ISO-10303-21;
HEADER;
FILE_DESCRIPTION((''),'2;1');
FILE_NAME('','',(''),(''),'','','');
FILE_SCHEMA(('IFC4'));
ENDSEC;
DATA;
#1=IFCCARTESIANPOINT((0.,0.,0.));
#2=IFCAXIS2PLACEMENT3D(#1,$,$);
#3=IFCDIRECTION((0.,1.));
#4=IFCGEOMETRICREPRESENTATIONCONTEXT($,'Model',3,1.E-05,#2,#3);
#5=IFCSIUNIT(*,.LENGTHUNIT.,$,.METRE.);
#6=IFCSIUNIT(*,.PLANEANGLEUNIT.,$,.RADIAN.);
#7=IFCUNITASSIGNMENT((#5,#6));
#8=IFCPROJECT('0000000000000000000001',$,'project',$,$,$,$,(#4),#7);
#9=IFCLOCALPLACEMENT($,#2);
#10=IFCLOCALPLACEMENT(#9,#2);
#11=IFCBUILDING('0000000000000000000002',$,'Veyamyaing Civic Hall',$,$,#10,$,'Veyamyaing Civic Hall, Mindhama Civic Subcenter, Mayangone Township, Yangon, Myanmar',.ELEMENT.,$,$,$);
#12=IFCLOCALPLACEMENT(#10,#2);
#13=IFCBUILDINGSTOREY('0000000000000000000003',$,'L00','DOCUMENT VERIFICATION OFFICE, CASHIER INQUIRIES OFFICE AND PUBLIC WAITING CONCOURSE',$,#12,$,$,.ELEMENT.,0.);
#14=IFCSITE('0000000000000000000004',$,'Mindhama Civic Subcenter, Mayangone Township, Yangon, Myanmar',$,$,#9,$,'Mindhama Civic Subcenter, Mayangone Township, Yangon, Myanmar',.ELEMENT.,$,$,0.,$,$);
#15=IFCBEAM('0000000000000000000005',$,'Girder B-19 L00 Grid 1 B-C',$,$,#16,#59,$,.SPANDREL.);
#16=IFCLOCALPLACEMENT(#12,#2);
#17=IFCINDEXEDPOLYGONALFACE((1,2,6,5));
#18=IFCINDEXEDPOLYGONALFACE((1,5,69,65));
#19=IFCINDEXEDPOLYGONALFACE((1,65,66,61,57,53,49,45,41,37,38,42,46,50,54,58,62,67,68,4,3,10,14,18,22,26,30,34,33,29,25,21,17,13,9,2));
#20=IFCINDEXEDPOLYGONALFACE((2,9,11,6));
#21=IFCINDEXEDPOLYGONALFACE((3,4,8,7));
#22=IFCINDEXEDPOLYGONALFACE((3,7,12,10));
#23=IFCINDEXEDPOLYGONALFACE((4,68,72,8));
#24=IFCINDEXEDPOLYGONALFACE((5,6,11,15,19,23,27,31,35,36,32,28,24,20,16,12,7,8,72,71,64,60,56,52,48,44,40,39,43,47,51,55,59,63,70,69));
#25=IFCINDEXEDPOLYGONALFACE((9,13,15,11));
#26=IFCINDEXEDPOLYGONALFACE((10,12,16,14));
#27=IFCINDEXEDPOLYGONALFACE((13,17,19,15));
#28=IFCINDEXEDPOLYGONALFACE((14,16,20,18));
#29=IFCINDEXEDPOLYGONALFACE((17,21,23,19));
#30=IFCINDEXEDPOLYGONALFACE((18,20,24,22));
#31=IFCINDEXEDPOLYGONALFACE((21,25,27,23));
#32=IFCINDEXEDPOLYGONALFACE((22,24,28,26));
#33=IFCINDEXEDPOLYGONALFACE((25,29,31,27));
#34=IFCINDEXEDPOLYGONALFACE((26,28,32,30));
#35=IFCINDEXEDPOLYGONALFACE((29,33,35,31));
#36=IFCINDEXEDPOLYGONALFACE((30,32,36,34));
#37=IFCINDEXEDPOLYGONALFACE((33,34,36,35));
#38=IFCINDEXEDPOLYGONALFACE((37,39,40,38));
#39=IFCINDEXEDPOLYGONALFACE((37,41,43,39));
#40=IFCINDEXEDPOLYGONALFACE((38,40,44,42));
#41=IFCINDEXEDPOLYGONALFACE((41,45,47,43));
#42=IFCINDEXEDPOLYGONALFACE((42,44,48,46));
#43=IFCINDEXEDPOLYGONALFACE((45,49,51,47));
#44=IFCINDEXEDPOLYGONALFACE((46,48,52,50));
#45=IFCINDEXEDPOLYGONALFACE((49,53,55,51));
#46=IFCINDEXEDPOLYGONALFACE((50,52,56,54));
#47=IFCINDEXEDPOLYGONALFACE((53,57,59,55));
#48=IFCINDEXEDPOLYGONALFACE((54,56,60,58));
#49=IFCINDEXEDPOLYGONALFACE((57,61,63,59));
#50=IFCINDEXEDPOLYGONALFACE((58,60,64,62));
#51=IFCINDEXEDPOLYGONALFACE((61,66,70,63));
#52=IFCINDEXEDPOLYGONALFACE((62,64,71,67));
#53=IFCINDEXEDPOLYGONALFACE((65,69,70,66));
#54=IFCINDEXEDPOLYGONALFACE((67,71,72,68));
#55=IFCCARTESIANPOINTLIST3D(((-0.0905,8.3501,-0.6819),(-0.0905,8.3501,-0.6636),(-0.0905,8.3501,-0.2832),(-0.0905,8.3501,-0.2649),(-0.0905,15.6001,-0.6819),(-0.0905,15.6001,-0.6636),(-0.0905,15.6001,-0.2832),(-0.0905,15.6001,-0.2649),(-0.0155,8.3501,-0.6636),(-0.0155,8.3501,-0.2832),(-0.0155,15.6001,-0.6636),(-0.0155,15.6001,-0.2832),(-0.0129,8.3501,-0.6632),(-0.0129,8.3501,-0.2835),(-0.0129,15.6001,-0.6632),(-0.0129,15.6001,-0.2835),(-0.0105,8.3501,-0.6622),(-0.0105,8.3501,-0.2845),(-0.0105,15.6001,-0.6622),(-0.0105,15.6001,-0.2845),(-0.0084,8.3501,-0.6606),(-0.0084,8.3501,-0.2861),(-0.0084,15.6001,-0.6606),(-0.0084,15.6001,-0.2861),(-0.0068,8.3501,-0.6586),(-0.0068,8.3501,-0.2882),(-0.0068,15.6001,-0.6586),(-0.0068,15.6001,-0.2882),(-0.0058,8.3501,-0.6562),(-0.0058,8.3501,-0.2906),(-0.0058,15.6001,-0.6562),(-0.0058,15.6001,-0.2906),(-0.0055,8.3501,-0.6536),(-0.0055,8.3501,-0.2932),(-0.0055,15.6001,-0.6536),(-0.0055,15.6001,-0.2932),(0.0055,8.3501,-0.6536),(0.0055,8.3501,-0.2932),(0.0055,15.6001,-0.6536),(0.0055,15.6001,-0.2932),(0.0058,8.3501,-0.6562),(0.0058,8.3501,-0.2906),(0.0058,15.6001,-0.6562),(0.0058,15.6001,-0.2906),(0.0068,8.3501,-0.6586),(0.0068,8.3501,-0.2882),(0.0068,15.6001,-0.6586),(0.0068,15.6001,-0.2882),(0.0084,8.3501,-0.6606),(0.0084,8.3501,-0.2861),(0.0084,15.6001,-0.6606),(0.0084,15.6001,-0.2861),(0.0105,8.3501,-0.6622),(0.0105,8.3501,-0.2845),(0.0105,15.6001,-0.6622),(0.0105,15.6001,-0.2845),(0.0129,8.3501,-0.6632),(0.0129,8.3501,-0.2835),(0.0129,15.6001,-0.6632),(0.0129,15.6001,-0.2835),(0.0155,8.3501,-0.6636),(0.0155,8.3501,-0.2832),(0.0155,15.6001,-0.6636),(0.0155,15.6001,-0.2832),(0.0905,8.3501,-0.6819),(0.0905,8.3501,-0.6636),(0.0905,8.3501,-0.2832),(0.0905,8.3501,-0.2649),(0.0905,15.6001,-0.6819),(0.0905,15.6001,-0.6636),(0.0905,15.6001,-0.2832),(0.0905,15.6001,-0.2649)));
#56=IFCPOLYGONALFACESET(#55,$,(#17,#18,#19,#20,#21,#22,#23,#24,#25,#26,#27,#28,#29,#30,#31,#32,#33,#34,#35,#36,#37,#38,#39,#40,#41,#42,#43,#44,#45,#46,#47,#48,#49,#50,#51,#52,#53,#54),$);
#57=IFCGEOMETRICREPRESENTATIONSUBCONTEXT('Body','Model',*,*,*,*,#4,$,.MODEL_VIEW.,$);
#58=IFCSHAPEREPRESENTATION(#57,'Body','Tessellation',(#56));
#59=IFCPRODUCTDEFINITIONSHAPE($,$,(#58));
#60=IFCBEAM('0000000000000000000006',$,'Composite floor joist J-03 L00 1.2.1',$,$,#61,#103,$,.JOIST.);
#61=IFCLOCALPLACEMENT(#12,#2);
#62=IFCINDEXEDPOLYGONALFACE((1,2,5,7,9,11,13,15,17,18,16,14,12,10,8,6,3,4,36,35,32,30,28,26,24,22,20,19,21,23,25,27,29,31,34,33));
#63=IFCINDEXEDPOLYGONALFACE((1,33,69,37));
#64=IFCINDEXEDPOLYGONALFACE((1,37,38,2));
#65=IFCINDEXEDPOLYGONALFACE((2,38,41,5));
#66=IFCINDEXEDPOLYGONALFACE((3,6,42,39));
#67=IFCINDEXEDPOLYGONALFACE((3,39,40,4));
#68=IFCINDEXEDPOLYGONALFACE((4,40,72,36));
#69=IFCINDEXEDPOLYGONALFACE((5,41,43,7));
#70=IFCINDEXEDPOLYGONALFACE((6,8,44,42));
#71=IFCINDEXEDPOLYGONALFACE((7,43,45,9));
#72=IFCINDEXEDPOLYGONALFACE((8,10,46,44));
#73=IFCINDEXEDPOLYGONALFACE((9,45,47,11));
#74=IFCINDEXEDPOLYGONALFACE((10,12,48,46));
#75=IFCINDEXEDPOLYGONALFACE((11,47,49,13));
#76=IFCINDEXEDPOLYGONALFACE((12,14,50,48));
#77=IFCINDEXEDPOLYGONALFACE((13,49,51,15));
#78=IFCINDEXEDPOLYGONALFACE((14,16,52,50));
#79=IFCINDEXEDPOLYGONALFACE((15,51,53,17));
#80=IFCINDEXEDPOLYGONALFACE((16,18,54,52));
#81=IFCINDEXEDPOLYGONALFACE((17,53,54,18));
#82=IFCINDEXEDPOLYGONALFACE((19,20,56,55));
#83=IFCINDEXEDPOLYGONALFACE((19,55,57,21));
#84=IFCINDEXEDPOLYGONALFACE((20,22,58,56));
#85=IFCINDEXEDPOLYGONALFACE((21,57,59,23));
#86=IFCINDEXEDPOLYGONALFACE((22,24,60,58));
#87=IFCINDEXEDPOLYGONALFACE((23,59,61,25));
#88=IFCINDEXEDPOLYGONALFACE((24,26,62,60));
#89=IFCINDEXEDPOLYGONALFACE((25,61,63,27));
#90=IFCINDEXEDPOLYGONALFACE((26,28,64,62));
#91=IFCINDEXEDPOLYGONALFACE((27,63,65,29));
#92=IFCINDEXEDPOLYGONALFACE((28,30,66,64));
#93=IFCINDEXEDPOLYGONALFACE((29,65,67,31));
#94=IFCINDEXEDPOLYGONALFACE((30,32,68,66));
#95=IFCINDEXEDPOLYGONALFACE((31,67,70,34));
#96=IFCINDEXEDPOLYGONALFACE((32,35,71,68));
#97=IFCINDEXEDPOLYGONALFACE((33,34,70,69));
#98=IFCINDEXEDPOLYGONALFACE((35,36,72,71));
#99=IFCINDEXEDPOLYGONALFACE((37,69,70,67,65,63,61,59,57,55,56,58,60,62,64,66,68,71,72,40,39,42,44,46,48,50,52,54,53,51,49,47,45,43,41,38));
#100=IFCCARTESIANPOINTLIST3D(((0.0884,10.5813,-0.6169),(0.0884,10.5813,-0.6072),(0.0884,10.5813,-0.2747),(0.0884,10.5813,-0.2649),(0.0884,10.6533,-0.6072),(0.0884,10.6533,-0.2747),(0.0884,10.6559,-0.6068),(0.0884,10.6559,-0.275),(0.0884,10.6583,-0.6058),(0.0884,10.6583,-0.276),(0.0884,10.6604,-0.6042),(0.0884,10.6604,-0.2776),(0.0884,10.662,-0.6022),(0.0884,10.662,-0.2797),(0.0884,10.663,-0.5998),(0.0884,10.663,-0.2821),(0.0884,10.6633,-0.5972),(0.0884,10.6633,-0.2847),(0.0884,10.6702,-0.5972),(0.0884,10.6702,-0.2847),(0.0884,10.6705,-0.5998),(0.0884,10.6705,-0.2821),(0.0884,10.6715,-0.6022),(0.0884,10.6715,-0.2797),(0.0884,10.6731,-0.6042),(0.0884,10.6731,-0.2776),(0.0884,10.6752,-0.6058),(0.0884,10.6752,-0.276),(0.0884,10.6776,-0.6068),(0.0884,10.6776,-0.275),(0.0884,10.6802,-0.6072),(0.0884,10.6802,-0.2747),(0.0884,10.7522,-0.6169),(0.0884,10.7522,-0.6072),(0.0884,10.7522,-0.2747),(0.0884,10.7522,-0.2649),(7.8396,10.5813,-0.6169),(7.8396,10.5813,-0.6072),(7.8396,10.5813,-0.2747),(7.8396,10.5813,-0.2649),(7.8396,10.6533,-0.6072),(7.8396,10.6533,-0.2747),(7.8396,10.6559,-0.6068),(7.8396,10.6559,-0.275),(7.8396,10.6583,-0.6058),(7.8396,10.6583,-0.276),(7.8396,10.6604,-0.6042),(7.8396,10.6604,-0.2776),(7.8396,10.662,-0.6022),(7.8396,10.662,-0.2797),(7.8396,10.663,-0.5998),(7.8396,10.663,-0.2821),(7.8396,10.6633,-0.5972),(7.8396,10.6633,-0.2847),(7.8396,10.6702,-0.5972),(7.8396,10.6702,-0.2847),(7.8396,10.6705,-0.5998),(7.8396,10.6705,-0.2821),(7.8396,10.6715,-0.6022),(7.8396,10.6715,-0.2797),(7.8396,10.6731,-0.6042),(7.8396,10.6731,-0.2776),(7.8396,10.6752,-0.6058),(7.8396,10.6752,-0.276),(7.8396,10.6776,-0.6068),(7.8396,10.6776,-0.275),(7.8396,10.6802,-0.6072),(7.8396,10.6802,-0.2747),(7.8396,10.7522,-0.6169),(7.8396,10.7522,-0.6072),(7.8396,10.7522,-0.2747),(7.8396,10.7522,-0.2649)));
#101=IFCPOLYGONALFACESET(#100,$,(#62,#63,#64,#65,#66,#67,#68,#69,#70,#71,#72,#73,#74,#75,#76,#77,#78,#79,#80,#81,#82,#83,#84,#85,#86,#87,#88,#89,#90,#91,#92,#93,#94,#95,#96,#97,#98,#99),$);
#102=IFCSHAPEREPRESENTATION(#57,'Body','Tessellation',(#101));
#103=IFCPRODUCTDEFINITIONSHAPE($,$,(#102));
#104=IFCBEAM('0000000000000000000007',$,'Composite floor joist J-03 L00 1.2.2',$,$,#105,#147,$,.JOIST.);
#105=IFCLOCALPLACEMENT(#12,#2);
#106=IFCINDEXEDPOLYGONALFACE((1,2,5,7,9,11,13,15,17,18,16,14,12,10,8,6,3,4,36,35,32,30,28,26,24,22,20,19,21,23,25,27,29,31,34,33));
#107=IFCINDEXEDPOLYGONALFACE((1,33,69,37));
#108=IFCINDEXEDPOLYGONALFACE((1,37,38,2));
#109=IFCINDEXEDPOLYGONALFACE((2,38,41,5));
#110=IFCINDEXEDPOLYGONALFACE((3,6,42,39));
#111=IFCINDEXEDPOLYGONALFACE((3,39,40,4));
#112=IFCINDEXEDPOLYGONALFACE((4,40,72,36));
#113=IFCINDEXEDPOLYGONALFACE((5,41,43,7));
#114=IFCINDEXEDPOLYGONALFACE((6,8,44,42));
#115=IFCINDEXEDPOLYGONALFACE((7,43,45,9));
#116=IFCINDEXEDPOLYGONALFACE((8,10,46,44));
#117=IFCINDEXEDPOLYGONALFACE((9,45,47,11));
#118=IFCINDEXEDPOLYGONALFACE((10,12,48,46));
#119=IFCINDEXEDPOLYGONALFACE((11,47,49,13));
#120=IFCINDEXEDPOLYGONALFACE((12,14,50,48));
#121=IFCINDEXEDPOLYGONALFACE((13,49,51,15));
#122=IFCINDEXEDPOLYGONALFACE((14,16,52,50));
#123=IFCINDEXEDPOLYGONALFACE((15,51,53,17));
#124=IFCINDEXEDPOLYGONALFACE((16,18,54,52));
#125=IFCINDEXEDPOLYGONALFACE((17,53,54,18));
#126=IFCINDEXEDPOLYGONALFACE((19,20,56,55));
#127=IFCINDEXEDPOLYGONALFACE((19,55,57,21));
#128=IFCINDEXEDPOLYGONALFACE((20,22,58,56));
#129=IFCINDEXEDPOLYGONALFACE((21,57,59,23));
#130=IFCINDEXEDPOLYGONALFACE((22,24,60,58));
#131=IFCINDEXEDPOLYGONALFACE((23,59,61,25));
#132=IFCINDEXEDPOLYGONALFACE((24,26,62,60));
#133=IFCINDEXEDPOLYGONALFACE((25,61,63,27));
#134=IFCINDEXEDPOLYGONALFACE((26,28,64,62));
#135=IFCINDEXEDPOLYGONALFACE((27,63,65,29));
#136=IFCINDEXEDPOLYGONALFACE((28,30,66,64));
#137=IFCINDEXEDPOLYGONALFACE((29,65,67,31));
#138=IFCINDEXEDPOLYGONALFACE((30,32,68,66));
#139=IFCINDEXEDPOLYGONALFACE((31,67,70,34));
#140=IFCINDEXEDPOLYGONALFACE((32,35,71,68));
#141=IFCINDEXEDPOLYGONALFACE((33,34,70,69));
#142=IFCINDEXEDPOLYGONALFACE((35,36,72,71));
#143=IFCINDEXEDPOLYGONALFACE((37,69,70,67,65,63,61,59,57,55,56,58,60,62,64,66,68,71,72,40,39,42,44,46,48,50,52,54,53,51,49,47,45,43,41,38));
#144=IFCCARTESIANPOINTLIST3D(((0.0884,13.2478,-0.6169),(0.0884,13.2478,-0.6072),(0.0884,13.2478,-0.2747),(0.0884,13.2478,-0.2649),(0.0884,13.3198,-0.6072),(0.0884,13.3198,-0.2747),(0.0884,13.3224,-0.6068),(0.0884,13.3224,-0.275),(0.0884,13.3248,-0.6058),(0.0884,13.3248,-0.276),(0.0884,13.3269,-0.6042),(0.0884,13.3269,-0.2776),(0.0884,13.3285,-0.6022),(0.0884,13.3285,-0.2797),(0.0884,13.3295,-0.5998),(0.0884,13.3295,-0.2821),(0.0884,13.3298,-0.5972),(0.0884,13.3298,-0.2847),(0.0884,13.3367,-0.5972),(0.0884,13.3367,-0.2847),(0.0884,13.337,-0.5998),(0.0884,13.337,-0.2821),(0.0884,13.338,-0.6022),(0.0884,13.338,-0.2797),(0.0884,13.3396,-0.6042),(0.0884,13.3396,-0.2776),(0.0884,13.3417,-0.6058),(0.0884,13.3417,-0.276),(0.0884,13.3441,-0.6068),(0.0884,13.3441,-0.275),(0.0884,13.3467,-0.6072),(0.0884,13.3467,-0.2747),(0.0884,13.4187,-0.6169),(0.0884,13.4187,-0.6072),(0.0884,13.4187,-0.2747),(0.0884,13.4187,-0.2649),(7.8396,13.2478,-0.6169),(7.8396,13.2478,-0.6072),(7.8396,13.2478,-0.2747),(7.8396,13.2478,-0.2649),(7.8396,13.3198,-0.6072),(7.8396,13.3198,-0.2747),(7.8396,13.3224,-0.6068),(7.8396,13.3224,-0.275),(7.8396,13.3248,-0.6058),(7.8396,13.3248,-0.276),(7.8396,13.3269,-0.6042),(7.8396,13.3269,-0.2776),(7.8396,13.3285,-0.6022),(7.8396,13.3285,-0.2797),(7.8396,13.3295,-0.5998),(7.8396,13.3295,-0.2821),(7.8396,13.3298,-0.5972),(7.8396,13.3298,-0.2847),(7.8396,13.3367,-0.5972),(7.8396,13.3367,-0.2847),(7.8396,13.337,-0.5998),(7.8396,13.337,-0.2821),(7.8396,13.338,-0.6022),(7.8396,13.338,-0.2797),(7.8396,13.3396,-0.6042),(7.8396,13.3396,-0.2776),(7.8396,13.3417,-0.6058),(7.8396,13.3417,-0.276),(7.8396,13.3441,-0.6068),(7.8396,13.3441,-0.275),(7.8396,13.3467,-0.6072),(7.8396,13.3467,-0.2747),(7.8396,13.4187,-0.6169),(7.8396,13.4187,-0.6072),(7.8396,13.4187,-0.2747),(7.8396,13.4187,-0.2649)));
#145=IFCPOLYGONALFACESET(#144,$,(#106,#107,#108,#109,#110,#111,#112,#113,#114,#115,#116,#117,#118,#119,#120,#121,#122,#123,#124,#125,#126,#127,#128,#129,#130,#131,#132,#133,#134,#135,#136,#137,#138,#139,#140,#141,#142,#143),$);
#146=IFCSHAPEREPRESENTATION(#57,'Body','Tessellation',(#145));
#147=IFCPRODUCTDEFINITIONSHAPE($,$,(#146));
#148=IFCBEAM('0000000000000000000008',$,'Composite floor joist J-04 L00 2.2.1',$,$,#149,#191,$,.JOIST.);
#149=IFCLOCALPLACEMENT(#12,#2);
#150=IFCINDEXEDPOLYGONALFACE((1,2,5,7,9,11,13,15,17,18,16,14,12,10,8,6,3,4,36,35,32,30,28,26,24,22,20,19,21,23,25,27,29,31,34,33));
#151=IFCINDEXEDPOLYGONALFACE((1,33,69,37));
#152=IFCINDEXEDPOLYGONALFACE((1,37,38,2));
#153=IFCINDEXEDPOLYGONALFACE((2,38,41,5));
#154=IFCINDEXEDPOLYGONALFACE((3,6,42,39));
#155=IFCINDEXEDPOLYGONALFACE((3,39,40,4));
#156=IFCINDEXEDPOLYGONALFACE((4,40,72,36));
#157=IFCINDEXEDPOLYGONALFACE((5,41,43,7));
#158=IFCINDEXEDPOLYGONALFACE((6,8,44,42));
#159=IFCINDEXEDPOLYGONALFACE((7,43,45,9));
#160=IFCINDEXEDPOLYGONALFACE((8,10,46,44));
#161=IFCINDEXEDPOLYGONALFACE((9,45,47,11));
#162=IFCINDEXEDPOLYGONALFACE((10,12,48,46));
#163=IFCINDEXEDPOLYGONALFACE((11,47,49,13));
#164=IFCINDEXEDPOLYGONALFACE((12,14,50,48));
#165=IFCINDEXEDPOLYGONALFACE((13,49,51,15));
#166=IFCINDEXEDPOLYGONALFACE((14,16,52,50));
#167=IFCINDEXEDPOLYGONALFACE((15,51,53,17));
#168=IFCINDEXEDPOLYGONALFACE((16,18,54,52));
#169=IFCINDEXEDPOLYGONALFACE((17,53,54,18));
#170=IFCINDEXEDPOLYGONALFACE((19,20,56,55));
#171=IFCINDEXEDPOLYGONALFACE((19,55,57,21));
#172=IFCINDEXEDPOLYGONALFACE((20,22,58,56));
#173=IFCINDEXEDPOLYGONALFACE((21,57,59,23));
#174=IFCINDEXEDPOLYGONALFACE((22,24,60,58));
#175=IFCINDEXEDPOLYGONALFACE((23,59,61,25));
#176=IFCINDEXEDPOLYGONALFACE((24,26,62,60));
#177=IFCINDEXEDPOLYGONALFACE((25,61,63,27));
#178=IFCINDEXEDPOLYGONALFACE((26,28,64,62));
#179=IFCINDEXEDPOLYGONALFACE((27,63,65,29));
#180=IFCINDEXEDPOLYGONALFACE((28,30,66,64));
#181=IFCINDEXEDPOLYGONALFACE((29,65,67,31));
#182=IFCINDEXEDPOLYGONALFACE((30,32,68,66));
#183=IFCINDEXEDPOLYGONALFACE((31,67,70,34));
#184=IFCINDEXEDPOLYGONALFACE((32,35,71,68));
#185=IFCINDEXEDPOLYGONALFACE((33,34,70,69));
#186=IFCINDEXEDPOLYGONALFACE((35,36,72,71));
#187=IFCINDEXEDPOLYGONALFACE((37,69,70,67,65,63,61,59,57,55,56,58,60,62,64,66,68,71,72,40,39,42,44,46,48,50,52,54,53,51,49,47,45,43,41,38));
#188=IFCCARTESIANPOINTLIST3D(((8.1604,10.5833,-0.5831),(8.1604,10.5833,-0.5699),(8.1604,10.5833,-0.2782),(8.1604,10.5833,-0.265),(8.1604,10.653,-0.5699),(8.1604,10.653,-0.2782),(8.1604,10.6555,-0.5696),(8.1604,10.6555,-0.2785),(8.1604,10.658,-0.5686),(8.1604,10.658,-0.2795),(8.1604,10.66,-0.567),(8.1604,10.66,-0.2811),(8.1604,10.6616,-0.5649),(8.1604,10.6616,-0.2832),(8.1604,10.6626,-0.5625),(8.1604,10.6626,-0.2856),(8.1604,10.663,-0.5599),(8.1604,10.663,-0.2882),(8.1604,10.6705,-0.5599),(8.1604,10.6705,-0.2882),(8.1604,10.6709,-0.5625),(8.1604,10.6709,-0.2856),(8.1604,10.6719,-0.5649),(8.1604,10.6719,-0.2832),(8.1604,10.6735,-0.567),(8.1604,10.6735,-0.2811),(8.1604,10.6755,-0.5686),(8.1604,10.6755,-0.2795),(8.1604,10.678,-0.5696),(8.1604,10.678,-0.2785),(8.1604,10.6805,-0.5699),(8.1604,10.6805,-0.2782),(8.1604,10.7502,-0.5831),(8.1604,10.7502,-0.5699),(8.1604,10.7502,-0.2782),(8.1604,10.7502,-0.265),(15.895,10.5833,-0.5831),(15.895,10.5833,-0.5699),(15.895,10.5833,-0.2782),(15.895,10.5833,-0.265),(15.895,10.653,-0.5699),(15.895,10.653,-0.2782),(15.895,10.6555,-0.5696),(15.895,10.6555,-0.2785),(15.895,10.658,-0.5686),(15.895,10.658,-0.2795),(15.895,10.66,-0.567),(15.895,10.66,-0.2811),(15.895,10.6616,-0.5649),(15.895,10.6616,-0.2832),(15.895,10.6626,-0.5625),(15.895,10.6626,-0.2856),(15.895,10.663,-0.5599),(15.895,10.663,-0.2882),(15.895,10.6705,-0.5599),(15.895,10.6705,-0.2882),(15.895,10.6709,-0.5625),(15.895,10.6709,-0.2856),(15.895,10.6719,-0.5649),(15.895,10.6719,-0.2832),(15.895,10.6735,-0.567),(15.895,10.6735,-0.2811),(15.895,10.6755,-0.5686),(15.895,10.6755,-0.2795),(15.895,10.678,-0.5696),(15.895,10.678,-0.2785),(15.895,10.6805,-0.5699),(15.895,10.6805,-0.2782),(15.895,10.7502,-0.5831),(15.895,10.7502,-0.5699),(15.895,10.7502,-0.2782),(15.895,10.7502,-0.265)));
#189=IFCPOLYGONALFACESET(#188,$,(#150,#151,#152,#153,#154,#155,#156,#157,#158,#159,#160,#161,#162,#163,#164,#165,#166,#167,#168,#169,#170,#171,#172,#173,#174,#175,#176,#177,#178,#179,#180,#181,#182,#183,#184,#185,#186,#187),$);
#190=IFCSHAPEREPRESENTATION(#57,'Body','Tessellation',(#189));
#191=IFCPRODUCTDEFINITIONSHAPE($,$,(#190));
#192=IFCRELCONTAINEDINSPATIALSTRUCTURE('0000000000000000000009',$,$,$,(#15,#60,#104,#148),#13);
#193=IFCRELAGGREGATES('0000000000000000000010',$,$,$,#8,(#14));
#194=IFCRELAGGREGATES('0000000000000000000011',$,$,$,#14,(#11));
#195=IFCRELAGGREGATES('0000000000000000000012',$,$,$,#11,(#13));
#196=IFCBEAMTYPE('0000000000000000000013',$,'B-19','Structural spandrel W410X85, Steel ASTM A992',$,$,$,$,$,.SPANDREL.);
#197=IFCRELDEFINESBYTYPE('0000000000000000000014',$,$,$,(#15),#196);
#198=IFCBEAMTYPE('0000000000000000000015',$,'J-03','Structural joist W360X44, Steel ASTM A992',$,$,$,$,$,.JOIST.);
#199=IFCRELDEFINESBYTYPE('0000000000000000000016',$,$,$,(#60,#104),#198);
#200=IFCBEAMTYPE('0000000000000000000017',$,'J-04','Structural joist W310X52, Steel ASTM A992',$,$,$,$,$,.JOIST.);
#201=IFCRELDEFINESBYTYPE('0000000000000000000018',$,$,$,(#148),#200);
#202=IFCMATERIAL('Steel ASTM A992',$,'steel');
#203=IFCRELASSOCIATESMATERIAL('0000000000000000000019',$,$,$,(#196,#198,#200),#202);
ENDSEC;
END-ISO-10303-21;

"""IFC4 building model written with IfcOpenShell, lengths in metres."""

from ifc_helpers import new_model, si_unit, direction, frame, origin, origin_2d, place, context, subcontext, project, spatial, i_section, extrude, material, material_profile, profile_set, type_object, element, save


model = new_model("IFC4")

# Units and contexts
model_context = context("Model", 3, precision=1e-05, world=origin(), true_north=direction((0.0, 1.0)))
body_context = subcontext(model_context, "Body", "Model", "MODEL_VIEW")
ifc_project = project(units=[si_unit("LENGTHUNIT", "METRE"), si_unit("PLANEANGLEUNIT", "RADIAN")], contexts=[model_context])

# Site, building, storey
site_placement = place(None, origin())
site = spatial("IfcSite", under=ifc_project, at=site_placement, Name="Mindhama Civic Subcenter, Mayangone Township, Yangon, Myanmar", LongName="Mindhama Civic Subcenter, Mayangone Township, Yangon, Myanmar", CompositionType="ELEMENT", RefElevation=0.0)
building_placement = place(site_placement, origin())
building = spatial("IfcBuilding", under=site, at=building_placement, Name="Veyamyaing Civic Hall", LongName="Veyamyaing Civic Hall, Mindhama Civic Subcenter, Mayangone Township, Yangon, Myanmar", CompositionType="ELEMENT")
storey_placement = place(building_placement, origin())
storey = spatial("IfcBuildingStorey", under=building, at=storey_placement, Name="L00", Description="DOCUMENT VERIFICATION OFFICE, CASHIER INQUIRIES OFFICE AND PUBLIC WAITING CONCOURSE", CompositionType="ELEMENT", Elevation=0.0)

# Beams
ifc_material_1 = material(Name="Steel ASTM A992", Category="steel")
ifc_material_profile_1 = material_profile(ifc_material_1, i_section(OverallWidth=0.1809, OverallDepth=0.417, WebThickness=0.011, FlangeThickness=0.0183, FilletRadius=0.01, at=origin_2d()), Name="W410X85")
ifc_profile_set_1 = profile_set([ifc_material_profile_1], Name="Steel ASTM A992")
beam_type_1 = type_object("IfcBeamType", Name="B-19", Description="Structural spandrel W410X85, Steel ASTM A992", PredefinedType="SPANDREL", material=ifc_profile_set_1)
beam_1_placement = place(storey_placement, frame((0.0, 8.3501, -0.4734), z_axis=(0.0, 1.0, 0.0), x_axis=(-1.0, 0.0, 0.0)))
element("IfcBeam", 1, at=beam_1_placement, inside=storey, type_object=beam_type_1, Name="Girder B-19 L00 Grid 1 B-C", PredefinedType="SPANDREL", context=body_context, shape_type="SweptSolid", body=[
    extrude(i_section(OverallWidth=0.1809, OverallDepth=0.417, WebThickness=0.011, FlangeThickness=0.0183, FilletRadius=0.01, at=origin_2d()), origin(), (0.0, 0.0, 1.0), 7.25),
])
ifc_material_profile_2 = material_profile(ifc_material_1, i_section(OverallWidth=0.1709, OverallDepth=0.3521, WebThickness=0.0068, FlangeThickness=0.0098, FilletRadius=0.01, at=origin_2d()), Name="W360X44")
ifc_profile_set_2 = profile_set([ifc_material_profile_2], Name="Steel ASTM A992")
beam_type_2 = type_object("IfcBeamType", Name="J-03", Description="Structural joist W360X44, Steel ASTM A992", PredefinedType="JOIST", material=ifc_profile_set_2)
for number, where, z_axis, x_axis, name in (
    (2, (0.0884, 10.6667, -0.4409), (1.0, 0.0, 0.0), (0.0, 1.0, 0.0), "Composite floor joist J-03 L00 1.2.1"),
    (3, (0.0884, 13.3333, -0.4409), (1.0, 0.0, 0.0), (0.0, 1.0, 0.0), "Composite floor joist J-03 L00 1.2.2"),
):
    element("IfcBeam", number, at=place(storey_placement, frame(where, z_axis=z_axis, x_axis=x_axis)), inside=storey, type_object=beam_type_2, Name=name, PredefinedType="JOIST", context=body_context, shape_type="SweptSolid", body=[
        extrude(i_section(OverallWidth=0.1709, OverallDepth=0.3521, WebThickness=0.0068, FlangeThickness=0.0098, FilletRadius=0.01, at=origin_2d()), origin(), (0.0, 0.0, 1.0), 7.7512),
    ])
ifc_material_profile_3 = material_profile(ifc_material_1, i_section(OverallWidth=0.167, OverallDepth=0.3181, WebThickness=0.0076, FlangeThickness=0.0132, FilletRadius=0.01, at=origin_2d()), Name="W310X52")
ifc_profile_set_3 = profile_set([ifc_material_profile_3], Name="Steel ASTM A992")
beam_type_3 = type_object("IfcBeamType", Name="J-04", Description="Structural joist W310X52, Steel ASTM A992", PredefinedType="JOIST", material=ifc_profile_set_3)
for number, where, z_axis, x_axis, name in (
    (4, (8.1604, 10.6667, -0.4241), (1.0, 0.0, 0.0), (0.0, 1.0, 0.0), "Composite floor joist J-04 L00 2.2.1"),
):
    element("IfcBeam", number, at=place(storey_placement, frame(where, z_axis=z_axis, x_axis=x_axis)), inside=storey, type_object=beam_type_3, Name=name, PredefinedType="JOIST", context=body_context, shape_type="SweptSolid", body=[
        extrude(i_section(OverallWidth=0.167, OverallDepth=0.3181, WebThickness=0.0076, FlangeThickness=0.0132, FilletRadius=0.01, at=origin_2d()), origin(), (0.0, 0.0, 1.0), 7.7346),
    ])

save(model, "model.ifc")
